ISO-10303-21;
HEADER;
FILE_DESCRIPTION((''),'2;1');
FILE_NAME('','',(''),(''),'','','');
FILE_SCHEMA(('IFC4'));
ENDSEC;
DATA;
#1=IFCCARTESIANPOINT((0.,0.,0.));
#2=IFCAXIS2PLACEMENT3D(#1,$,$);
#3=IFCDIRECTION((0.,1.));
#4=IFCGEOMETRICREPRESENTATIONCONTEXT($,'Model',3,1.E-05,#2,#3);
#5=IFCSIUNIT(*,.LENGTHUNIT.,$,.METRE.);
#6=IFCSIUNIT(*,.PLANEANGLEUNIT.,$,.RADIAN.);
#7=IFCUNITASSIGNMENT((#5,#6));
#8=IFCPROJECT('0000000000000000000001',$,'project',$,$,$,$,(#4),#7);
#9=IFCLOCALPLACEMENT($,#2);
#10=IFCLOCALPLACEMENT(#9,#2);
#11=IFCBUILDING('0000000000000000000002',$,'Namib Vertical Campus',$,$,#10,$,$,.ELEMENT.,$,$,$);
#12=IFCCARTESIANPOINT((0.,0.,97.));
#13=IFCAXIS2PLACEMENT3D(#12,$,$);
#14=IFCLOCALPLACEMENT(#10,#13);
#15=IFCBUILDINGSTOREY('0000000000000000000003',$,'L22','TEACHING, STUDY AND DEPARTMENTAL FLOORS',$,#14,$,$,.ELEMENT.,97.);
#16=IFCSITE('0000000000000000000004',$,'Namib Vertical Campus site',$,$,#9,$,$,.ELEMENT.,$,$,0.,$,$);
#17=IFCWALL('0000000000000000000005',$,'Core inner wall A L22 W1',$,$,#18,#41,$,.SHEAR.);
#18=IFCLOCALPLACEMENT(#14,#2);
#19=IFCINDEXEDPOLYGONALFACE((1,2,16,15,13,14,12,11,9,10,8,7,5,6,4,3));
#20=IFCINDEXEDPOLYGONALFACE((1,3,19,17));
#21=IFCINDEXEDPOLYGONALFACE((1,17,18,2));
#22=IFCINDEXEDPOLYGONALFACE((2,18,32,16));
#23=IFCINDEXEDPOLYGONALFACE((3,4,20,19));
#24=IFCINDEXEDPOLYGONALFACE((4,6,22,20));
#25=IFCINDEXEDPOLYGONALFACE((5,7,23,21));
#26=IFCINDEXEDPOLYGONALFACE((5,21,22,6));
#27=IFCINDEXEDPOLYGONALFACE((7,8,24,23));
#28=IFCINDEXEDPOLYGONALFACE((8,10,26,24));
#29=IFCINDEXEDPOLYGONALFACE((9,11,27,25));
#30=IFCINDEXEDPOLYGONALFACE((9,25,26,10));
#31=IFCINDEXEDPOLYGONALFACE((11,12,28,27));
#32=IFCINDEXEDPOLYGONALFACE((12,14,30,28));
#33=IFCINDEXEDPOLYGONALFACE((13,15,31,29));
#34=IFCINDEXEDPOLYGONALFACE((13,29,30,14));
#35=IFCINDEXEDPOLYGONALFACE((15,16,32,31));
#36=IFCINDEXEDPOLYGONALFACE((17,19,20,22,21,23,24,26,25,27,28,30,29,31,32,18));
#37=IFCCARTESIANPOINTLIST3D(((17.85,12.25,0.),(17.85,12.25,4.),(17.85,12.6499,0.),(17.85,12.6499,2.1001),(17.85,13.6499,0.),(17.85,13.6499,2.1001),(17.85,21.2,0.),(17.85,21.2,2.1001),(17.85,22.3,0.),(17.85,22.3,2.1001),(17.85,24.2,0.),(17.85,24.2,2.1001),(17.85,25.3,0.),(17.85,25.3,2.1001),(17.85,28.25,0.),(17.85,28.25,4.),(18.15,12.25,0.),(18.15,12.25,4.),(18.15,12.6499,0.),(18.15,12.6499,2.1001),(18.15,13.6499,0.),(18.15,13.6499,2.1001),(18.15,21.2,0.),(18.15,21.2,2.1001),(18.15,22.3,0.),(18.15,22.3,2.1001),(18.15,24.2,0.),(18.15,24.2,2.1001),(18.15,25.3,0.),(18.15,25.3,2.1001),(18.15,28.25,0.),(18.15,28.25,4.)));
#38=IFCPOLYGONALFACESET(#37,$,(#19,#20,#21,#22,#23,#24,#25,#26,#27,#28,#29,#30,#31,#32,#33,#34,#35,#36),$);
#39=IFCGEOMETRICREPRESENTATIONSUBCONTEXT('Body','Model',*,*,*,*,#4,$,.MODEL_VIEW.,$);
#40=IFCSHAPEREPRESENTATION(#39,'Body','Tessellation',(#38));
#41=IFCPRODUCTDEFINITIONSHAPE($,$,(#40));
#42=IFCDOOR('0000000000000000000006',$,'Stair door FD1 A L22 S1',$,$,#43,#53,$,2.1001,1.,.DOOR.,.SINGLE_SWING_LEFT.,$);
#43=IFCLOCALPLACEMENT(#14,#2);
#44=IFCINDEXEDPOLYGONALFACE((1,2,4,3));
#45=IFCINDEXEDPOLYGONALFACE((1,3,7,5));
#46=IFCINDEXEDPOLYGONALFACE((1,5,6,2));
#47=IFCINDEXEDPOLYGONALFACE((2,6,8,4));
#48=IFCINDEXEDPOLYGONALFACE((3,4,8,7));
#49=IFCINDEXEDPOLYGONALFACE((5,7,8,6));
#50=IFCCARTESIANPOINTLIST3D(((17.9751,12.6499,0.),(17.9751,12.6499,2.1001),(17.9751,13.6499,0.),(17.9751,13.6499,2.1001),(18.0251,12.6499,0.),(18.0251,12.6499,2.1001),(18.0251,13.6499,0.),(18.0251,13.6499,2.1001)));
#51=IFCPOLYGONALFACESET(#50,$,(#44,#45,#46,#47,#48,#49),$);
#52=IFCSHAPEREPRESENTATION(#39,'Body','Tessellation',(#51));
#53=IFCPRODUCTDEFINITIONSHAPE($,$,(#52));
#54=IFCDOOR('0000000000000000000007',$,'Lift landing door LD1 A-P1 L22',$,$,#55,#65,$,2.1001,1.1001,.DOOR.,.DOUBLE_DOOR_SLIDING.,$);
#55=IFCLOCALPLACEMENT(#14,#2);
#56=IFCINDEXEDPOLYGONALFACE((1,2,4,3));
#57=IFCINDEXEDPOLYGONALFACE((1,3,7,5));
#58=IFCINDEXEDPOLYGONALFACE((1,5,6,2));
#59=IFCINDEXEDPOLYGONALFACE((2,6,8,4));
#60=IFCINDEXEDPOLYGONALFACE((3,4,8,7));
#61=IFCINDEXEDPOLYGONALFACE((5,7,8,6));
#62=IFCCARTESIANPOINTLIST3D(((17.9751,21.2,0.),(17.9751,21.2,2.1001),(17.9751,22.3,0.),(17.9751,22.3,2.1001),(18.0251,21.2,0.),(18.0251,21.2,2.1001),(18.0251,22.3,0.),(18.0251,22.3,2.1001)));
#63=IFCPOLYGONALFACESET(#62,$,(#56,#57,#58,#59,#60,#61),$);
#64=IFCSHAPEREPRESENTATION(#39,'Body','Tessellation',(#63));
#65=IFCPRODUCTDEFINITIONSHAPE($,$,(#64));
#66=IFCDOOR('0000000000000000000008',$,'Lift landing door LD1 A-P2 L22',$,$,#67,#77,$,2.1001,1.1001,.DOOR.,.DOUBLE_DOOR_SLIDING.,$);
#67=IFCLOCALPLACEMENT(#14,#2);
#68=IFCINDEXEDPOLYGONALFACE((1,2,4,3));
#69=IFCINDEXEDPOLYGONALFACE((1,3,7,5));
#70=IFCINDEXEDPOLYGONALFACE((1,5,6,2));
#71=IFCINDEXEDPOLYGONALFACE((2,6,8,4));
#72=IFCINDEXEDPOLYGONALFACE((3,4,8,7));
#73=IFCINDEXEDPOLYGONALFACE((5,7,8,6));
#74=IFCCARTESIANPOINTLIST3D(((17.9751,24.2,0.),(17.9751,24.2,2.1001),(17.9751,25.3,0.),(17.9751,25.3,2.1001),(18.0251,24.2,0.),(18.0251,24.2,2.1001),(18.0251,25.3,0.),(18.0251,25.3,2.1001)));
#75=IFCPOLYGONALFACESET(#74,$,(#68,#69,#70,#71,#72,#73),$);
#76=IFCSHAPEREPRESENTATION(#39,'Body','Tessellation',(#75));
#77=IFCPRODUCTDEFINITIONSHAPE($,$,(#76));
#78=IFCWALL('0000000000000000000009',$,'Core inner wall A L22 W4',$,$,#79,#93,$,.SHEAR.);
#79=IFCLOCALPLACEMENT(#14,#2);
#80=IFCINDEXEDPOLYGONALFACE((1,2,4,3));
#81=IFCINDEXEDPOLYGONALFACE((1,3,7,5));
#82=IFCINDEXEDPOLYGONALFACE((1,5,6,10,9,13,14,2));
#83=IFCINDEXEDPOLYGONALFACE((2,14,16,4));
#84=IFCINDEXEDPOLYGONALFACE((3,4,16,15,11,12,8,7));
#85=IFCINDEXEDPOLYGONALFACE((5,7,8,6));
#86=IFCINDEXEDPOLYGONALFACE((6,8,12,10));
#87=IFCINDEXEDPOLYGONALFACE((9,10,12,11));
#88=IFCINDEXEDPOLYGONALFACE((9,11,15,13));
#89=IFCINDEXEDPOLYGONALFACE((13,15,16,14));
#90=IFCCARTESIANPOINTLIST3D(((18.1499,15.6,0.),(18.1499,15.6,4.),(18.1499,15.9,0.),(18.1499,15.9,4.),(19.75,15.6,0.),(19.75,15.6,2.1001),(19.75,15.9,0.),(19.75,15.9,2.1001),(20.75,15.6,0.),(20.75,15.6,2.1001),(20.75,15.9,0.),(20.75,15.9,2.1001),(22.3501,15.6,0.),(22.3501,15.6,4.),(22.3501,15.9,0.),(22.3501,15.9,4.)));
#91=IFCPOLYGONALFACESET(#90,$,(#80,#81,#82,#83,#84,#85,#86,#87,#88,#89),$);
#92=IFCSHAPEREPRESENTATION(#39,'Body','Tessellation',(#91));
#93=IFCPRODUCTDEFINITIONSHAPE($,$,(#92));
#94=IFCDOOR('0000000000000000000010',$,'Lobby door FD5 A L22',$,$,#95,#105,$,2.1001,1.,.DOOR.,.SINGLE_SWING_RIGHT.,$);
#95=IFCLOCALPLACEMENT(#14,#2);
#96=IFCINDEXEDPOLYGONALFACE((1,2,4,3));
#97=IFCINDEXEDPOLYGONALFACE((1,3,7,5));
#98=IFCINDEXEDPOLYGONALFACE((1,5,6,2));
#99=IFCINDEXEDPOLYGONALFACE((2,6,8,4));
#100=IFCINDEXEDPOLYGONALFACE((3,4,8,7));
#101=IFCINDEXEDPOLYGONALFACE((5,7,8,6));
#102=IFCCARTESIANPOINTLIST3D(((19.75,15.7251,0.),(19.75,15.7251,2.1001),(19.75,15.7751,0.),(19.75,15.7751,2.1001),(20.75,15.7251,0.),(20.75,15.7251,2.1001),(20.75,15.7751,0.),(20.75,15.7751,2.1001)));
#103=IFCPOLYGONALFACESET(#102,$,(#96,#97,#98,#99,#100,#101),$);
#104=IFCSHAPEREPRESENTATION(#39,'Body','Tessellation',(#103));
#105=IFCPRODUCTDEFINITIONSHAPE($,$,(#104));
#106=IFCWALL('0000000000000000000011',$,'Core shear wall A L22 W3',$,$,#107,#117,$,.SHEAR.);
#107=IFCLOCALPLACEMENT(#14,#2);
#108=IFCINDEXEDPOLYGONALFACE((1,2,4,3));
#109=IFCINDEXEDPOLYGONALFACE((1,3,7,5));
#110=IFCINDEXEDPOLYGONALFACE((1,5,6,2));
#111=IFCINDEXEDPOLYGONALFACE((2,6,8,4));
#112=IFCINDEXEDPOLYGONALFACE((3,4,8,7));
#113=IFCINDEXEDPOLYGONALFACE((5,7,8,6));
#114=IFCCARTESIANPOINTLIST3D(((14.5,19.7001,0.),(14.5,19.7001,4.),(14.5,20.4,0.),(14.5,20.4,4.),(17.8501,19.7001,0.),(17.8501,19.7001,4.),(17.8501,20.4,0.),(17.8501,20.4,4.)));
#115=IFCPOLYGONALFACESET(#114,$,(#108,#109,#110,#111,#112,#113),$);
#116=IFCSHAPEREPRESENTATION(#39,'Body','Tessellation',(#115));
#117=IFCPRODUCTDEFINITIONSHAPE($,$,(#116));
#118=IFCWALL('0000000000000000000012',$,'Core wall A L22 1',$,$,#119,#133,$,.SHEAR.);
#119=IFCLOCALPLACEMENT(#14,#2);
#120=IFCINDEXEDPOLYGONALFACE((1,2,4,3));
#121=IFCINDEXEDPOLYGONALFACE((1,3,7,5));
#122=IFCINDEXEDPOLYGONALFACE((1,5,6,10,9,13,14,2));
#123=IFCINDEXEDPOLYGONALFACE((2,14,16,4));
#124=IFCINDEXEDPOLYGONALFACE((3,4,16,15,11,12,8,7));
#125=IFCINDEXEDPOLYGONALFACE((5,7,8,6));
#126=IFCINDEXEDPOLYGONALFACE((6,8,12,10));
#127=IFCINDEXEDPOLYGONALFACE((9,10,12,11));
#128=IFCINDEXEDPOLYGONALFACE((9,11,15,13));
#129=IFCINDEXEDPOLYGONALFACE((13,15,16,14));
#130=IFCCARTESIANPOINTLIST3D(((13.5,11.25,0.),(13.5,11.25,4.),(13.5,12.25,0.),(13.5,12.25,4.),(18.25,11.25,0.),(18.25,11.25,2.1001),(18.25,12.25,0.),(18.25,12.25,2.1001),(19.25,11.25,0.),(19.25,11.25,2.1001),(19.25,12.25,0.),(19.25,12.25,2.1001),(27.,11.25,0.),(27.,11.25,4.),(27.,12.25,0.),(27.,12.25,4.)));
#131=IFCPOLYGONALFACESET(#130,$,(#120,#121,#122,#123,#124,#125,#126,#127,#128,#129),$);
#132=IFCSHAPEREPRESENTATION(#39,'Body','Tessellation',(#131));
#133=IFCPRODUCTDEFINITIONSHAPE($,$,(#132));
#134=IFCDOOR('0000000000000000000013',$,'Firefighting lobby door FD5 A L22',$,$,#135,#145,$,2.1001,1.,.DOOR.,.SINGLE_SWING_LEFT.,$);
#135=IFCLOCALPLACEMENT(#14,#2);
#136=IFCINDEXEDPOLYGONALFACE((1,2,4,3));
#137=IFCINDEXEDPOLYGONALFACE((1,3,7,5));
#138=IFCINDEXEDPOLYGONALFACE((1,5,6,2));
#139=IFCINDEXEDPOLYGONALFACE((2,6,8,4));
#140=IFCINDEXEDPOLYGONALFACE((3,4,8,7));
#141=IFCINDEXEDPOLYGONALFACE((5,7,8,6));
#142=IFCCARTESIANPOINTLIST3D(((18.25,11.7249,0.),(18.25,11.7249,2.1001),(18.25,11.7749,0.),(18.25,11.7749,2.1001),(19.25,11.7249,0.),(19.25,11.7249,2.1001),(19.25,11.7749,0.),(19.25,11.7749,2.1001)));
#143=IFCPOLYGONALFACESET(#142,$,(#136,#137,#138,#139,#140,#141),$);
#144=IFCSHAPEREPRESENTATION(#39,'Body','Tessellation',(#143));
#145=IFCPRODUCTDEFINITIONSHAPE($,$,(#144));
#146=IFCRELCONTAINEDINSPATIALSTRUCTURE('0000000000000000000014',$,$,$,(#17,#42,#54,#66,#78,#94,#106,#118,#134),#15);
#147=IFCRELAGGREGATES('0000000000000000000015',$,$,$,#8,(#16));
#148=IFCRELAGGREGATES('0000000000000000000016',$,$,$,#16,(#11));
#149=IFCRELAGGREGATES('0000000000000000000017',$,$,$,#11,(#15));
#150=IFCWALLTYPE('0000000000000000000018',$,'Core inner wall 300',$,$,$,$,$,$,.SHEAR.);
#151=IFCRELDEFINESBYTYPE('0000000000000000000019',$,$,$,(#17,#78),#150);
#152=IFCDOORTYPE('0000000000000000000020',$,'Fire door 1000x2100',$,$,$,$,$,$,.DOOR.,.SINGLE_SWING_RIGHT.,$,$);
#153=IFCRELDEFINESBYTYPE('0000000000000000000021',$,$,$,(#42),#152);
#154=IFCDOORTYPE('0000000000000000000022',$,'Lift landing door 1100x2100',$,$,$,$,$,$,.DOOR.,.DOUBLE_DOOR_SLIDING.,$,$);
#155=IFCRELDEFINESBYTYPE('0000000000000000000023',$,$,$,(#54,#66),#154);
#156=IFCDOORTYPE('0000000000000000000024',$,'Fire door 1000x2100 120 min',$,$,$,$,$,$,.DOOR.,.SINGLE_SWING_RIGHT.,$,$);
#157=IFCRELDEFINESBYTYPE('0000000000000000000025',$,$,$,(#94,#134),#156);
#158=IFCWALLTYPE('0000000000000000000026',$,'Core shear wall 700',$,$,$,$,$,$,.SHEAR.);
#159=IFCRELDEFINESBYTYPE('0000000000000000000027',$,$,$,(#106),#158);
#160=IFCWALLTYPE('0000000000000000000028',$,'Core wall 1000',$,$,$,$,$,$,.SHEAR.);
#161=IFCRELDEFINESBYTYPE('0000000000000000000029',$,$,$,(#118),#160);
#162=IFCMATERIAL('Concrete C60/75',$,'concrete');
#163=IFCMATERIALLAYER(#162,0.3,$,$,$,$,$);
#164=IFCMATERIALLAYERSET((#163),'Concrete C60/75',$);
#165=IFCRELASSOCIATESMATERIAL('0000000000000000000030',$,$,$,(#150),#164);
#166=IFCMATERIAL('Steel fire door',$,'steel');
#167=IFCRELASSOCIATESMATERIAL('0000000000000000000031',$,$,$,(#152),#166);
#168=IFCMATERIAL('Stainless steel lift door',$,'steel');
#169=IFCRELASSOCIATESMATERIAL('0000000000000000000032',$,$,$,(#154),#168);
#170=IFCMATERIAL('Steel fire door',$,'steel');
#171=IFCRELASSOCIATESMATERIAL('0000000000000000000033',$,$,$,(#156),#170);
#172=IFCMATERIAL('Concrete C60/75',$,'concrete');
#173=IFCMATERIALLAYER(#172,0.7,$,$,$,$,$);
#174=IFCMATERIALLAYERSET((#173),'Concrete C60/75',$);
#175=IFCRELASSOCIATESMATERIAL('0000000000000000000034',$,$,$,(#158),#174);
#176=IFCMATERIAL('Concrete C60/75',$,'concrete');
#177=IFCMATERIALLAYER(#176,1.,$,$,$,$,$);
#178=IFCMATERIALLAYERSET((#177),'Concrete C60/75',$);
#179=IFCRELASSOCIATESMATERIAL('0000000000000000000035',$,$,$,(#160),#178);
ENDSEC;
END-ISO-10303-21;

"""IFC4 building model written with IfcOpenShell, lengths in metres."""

from ifc_helpers import new_model, si_unit, direction, frame, frame_2d, origin, place, context, subcontext, project, spatial, rectangle, extrude, material, layer, layer_set, type_object, element, fill, save


model = new_model("IFC4")

# Units and contexts
model_context = context("Model", 3, precision=1e-05, world=origin(), true_north=direction((0.0, 1.0)))
body_context = subcontext(model_context, "Body", "Model", "MODEL_VIEW")
ifc_project = project(units=[si_unit("LENGTHUNIT", "METRE"), si_unit("PLANEANGLEUNIT", "RADIAN")], contexts=[model_context])

# Site, building, storey
site_placement = place(None, origin())
site = spatial("IfcSite", under=ifc_project, at=site_placement, Name="Namib Vertical Campus site", CompositionType="ELEMENT", RefElevation=0.0)
building_placement = place(site_placement, origin())
building = spatial("IfcBuilding", under=site, at=building_placement, Name="Namib Vertical Campus", CompositionType="ELEMENT")
storey_placement = place(building_placement, frame((0.0, 0.0, 97.0)))
storey = spatial("IfcBuildingStorey", under=building, at=storey_placement, Name="L22", Description="TEACHING, STUDY AND DEPARTMENTAL FLOORS", CompositionType="ELEMENT", Elevation=97.0)

# Wall, openings, doors
ifc_material_1 = material(Name="Concrete C60/75", Category="concrete")
ifc_layer_1 = layer(ifc_material_1, 0.3)
ifc_layer_set_1 = layer_set([ifc_layer_1], Name="Concrete C60/75")
wall_type_1 = type_object("IfcWallType", Name="Core inner wall 300", PredefinedType="SHEAR", material=ifc_layer_set_1)
wall_1_placement = place(storey_placement, frame((18.0, 12.25, 0.0), z_axis=(0.0, 0.0, 1.0), x_axis=(0.0, 1.0, 0.0)))
wall_1 = element("IfcWall", 1, at=wall_1_placement, inside=storey, type_object=wall_type_1, Name="Core inner wall A L22 W1", PredefinedType="SHEAR", context=body_context, shape_type="SweptSolid", body=[
    extrude(rectangle(XDim=16.0, YDim=0.3, at=frame_2d((8.0, 0.0))), origin(), (0.0, 0.0, 1.0), 4.0),
])
opening_1_placement = place(wall_1_placement, frame((0.3999, 0.0, 0.0)))
opening_1 = element("IfcOpeningElement", 2, at=opening_1_placement, cuts=wall_1, PredefinedType="OPENING", context=body_context, shape_type="SweptSolid", body=[
    extrude(rectangle(XDim=1.0, YDim=2.1001, at=frame_2d((0.5, 1.05))), frame((0.0, 0.1599, 0.0), z_axis=(0.0, -1.0, 0.0), x_axis=(1.0, 0.0, 0.0)), (0.0, 0.0, 1.0), 0.3201),
])
opening_2_placement = place(wall_1_placement, frame((8.95, 0.0, 0.0)))
opening_2 = element("IfcOpeningElement", 3, at=opening_2_placement, cuts=wall_1, PredefinedType="OPENING", context=body_context, shape_type="SweptSolid", body=[
    extrude(rectangle(XDim=1.1001, YDim=2.1001, at=frame_2d((0.55, 1.05))), frame((0.0, 0.1599, 0.0), z_axis=(0.0, -1.0, 0.0), x_axis=(1.0, 0.0, 0.0)), (0.0, 0.0, 1.0), 0.3201),
])
opening_3_placement = place(wall_1_placement, frame((11.95, 0.0, 0.0)))
opening_3 = element("IfcOpeningElement", 4, at=opening_3_placement, cuts=wall_1, PredefinedType="OPENING", context=body_context, shape_type="SweptSolid", body=[
    extrude(rectangle(XDim=1.1001, YDim=2.1001, at=frame_2d((0.55, 1.05))), frame((0.0, 0.1599, 0.0), z_axis=(0.0, -1.0, 0.0), x_axis=(1.0, 0.0, 0.0)), (0.0, 0.0, 1.0), 0.3201),
])
ifc_material_2 = material(Name="Steel fire door", Category="steel")
door_type_1 = type_object("IfcDoorType", Name="Fire door 1000x2100", OperationType="SINGLE_SWING_RIGHT", PredefinedType="DOOR", material=ifc_material_2)
door_1_placement = place(opening_1_placement, origin())
door_1 = element("IfcDoor", 5, at=door_1_placement, inside=storey, type_object=door_type_1, Name="Stair door FD1 A L22 S1", OperationType="SINGLE_SWING_LEFT", OverallHeight=2.1001, OverallWidth=1.0, PredefinedType="DOOR", context=body_context, shape_type="SweptSolid", body=[
    extrude(rectangle(XDim=1.0, YDim=2.1001, at=frame_2d((0.5, 1.05))), frame((0.0, 0.0249, 0.0), z_axis=(0.0, -1.0, 0.0), x_axis=(1.0, 0.0, 0.0)), (0.0, 0.0, 1.0), 0.05),
])
fill(opening_1, door_1)
ifc_material_3 = material(Name="Stainless steel lift door", Category="steel")
door_type_2 = type_object("IfcDoorType", Name="Lift landing door 1100x2100", OperationType="DOUBLE_DOOR_SLIDING", PredefinedType="DOOR", material=ifc_material_3)
door_2_placement = place(opening_2_placement, origin())
door_2 = element("IfcDoor", 6, at=door_2_placement, inside=storey, type_object=door_type_2, Name="Lift landing door LD1 A-P1 L22", OperationType="DOUBLE_DOOR_SLIDING", OverallHeight=2.1001, OverallWidth=1.1001, PredefinedType="DOOR", context=body_context, shape_type="SweptSolid", body=[
    extrude(rectangle(XDim=1.1001, YDim=2.1001, at=frame_2d((0.55, 1.05))), frame((0.0, 0.0249, 0.0), z_axis=(0.0, -1.0, 0.0), x_axis=(1.0, 0.0, 0.0)), (0.0, 0.0, 1.0), 0.05),
])
fill(opening_2, door_2)
door_3_placement = place(opening_3_placement, origin())
door_3 = element("IfcDoor", 7, at=door_3_placement, inside=storey, type_object=door_type_2, Name="Lift landing door LD1 A-P2 L22", OperationType="DOUBLE_DOOR_SLIDING", OverallHeight=2.1001, OverallWidth=1.1001, PredefinedType="DOOR", context=body_context, shape_type="SweptSolid", body=[
    extrude(rectangle(XDim=1.1001, YDim=2.1001, at=frame_2d((0.55, 1.05))), frame((0.0, 0.0249, 0.0), z_axis=(0.0, -1.0, 0.0), x_axis=(1.0, 0.0, 0.0)), (0.0, 0.0, 1.0), 0.05),
])
fill(opening_3, door_3)

# Wall, opening, door
wall_2_placement = place(storey_placement, frame((18.1499, 15.75, 0.0), z_axis=(0.0, 0.0, 1.0), x_axis=(1.0, 0.0, 0.0)))
wall_2 = element("IfcWall", 8, at=wall_2_placement, inside=storey, type_object=wall_type_1, Name="Core inner wall A L22 W4", PredefinedType="SHEAR", context=body_context, shape_type="SweptSolid", body=[
    extrude(rectangle(XDim=4.2002, YDim=0.3, at=frame_2d((2.1001, 0.0))), origin(), (0.0, 0.0, 1.0), 4.0),
])
opening_4_placement = place(wall_2_placement, frame((1.6001, 0.0, 0.0)))
opening_4 = element("IfcOpeningElement", 9, at=opening_4_placement, cuts=wall_2, PredefinedType="OPENING", context=body_context, shape_type="SweptSolid", body=[
    extrude(rectangle(XDim=1.0, YDim=2.1001, at=frame_2d((0.5, 1.05))), frame((0.0, 0.1599, 0.0), z_axis=(0.0, -1.0, 0.0), x_axis=(1.0, 0.0, 0.0)), (0.0, 0.0, 1.0), 0.3201),
])
ifc_material_4 = material(Name="Steel fire door", Category="steel")
door_type_3 = type_object("IfcDoorType", Name="Fire door 1000x2100 120 min", OperationType="SINGLE_SWING_RIGHT", PredefinedType="DOOR", material=ifc_material_4)
door_4_placement = place(opening_4_placement, frame((1.0, 0.0, 0.0), z_axis=(0.0, 0.0, 1.0), x_axis=(-1.0, 0.0, 0.0)))
door_4 = element("IfcDoor", 10, at=door_4_placement, inside=storey, type_object=door_type_3, Name="Lobby door FD5 A L22", OperationType="SINGLE_SWING_RIGHT", OverallHeight=2.1001, OverallWidth=1.0, PredefinedType="DOOR", context=body_context, shape_type="SweptSolid", body=[
    extrude(rectangle(XDim=1.0, YDim=2.1001, at=frame_2d((0.5, 1.05))), frame((0.0, 0.0249, 0.0), z_axis=(0.0, -1.0, 0.0), x_axis=(1.0, 0.0, 0.0)), (0.0, 0.0, 1.0), 0.05),
])
fill(opening_4, door_4)

# Wall
ifc_material_5 = material(Name="Concrete C60/75", Category="concrete")
ifc_layer_2 = layer(ifc_material_5, 0.7)
ifc_layer_set_2 = layer_set([ifc_layer_2], Name="Concrete C60/75")
wall_type_2 = type_object("IfcWallType", Name="Core shear wall 700", PredefinedType="SHEAR", material=ifc_layer_set_2)
wall_3_placement = place(storey_placement, frame((14.5, 20.05, 0.0), z_axis=(0.0, 0.0, 1.0), x_axis=(1.0, 0.0, 0.0)))
element("IfcWall", 11, at=wall_3_placement, inside=storey, type_object=wall_type_2, Name="Core shear wall A L22 W3", PredefinedType="SHEAR", context=body_context, shape_type="SweptSolid", body=[
    extrude(rectangle(XDim=3.3501, YDim=0.7, at=frame_2d((1.675, 0.0))), origin(), (0.0, 0.0, 1.0), 4.0),
])

# Wall, opening, door
ifc_material_6 = material(Name="Concrete C60/75", Category="concrete")
ifc_layer_3 = layer(ifc_material_6, 1.0)
ifc_layer_set_3 = layer_set([ifc_layer_3], Name="Concrete C60/75")
wall_type_3 = type_object("IfcWallType", Name="Core wall 1000", PredefinedType="SHEAR", material=ifc_layer_set_3)
wall_4_placement = place(storey_placement, frame((13.5, 11.75, 0.0), z_axis=(0.0, 0.0, 1.0), x_axis=(1.0, 0.0, 0.0)))
wall_4 = element("IfcWall", 12, at=wall_4_placement, inside=storey, type_object=wall_type_3, Name="Core wall A L22 1", PredefinedType="SHEAR", context=body_context, shape_type="SweptSolid", body=[
    extrude(rectangle(XDim=13.5, YDim=1.0, at=frame_2d((6.75, 0.0))), origin(), (0.0, 0.0, 1.0), 4.0),
])
opening_5_placement = place(wall_4_placement, frame((4.75, 0.0, 0.0)))
opening_5 = element("IfcOpeningElement", 13, at=opening_5_placement, cuts=wall_4, PredefinedType="OPENING", context=body_context, shape_type="SweptSolid", body=[
    extrude(rectangle(XDim=1.0, YDim=2.1001, at=frame_2d((0.5, 1.05))), frame((0.0, 0.51, 0.0), z_axis=(0.0, -1.0, 0.0), x_axis=(1.0, 0.0, 0.0)), (0.0, 0.0, 1.0), 1.02),
])
door_5_placement = place(opening_5_placement, origin())
door_5 = element("IfcDoor", 14, at=door_5_placement, inside=storey, type_object=door_type_3, Name="Firefighting lobby door FD5 A L22", OperationType="SINGLE_SWING_LEFT", OverallHeight=2.1001, OverallWidth=1.0, PredefinedType="DOOR", context=body_context, shape_type="SweptSolid", body=[
    extrude(rectangle(XDim=1.0, YDim=2.1001, at=frame_2d((0.5, 1.05))), frame((0.0, 0.0249, 0.0), z_axis=(0.0, -1.0, 0.0), x_axis=(1.0, 0.0, 0.0)), (0.0, 0.0, 1.0), 0.05),
])
fill(opening_5, door_5)

save(model, "model.ifc")
